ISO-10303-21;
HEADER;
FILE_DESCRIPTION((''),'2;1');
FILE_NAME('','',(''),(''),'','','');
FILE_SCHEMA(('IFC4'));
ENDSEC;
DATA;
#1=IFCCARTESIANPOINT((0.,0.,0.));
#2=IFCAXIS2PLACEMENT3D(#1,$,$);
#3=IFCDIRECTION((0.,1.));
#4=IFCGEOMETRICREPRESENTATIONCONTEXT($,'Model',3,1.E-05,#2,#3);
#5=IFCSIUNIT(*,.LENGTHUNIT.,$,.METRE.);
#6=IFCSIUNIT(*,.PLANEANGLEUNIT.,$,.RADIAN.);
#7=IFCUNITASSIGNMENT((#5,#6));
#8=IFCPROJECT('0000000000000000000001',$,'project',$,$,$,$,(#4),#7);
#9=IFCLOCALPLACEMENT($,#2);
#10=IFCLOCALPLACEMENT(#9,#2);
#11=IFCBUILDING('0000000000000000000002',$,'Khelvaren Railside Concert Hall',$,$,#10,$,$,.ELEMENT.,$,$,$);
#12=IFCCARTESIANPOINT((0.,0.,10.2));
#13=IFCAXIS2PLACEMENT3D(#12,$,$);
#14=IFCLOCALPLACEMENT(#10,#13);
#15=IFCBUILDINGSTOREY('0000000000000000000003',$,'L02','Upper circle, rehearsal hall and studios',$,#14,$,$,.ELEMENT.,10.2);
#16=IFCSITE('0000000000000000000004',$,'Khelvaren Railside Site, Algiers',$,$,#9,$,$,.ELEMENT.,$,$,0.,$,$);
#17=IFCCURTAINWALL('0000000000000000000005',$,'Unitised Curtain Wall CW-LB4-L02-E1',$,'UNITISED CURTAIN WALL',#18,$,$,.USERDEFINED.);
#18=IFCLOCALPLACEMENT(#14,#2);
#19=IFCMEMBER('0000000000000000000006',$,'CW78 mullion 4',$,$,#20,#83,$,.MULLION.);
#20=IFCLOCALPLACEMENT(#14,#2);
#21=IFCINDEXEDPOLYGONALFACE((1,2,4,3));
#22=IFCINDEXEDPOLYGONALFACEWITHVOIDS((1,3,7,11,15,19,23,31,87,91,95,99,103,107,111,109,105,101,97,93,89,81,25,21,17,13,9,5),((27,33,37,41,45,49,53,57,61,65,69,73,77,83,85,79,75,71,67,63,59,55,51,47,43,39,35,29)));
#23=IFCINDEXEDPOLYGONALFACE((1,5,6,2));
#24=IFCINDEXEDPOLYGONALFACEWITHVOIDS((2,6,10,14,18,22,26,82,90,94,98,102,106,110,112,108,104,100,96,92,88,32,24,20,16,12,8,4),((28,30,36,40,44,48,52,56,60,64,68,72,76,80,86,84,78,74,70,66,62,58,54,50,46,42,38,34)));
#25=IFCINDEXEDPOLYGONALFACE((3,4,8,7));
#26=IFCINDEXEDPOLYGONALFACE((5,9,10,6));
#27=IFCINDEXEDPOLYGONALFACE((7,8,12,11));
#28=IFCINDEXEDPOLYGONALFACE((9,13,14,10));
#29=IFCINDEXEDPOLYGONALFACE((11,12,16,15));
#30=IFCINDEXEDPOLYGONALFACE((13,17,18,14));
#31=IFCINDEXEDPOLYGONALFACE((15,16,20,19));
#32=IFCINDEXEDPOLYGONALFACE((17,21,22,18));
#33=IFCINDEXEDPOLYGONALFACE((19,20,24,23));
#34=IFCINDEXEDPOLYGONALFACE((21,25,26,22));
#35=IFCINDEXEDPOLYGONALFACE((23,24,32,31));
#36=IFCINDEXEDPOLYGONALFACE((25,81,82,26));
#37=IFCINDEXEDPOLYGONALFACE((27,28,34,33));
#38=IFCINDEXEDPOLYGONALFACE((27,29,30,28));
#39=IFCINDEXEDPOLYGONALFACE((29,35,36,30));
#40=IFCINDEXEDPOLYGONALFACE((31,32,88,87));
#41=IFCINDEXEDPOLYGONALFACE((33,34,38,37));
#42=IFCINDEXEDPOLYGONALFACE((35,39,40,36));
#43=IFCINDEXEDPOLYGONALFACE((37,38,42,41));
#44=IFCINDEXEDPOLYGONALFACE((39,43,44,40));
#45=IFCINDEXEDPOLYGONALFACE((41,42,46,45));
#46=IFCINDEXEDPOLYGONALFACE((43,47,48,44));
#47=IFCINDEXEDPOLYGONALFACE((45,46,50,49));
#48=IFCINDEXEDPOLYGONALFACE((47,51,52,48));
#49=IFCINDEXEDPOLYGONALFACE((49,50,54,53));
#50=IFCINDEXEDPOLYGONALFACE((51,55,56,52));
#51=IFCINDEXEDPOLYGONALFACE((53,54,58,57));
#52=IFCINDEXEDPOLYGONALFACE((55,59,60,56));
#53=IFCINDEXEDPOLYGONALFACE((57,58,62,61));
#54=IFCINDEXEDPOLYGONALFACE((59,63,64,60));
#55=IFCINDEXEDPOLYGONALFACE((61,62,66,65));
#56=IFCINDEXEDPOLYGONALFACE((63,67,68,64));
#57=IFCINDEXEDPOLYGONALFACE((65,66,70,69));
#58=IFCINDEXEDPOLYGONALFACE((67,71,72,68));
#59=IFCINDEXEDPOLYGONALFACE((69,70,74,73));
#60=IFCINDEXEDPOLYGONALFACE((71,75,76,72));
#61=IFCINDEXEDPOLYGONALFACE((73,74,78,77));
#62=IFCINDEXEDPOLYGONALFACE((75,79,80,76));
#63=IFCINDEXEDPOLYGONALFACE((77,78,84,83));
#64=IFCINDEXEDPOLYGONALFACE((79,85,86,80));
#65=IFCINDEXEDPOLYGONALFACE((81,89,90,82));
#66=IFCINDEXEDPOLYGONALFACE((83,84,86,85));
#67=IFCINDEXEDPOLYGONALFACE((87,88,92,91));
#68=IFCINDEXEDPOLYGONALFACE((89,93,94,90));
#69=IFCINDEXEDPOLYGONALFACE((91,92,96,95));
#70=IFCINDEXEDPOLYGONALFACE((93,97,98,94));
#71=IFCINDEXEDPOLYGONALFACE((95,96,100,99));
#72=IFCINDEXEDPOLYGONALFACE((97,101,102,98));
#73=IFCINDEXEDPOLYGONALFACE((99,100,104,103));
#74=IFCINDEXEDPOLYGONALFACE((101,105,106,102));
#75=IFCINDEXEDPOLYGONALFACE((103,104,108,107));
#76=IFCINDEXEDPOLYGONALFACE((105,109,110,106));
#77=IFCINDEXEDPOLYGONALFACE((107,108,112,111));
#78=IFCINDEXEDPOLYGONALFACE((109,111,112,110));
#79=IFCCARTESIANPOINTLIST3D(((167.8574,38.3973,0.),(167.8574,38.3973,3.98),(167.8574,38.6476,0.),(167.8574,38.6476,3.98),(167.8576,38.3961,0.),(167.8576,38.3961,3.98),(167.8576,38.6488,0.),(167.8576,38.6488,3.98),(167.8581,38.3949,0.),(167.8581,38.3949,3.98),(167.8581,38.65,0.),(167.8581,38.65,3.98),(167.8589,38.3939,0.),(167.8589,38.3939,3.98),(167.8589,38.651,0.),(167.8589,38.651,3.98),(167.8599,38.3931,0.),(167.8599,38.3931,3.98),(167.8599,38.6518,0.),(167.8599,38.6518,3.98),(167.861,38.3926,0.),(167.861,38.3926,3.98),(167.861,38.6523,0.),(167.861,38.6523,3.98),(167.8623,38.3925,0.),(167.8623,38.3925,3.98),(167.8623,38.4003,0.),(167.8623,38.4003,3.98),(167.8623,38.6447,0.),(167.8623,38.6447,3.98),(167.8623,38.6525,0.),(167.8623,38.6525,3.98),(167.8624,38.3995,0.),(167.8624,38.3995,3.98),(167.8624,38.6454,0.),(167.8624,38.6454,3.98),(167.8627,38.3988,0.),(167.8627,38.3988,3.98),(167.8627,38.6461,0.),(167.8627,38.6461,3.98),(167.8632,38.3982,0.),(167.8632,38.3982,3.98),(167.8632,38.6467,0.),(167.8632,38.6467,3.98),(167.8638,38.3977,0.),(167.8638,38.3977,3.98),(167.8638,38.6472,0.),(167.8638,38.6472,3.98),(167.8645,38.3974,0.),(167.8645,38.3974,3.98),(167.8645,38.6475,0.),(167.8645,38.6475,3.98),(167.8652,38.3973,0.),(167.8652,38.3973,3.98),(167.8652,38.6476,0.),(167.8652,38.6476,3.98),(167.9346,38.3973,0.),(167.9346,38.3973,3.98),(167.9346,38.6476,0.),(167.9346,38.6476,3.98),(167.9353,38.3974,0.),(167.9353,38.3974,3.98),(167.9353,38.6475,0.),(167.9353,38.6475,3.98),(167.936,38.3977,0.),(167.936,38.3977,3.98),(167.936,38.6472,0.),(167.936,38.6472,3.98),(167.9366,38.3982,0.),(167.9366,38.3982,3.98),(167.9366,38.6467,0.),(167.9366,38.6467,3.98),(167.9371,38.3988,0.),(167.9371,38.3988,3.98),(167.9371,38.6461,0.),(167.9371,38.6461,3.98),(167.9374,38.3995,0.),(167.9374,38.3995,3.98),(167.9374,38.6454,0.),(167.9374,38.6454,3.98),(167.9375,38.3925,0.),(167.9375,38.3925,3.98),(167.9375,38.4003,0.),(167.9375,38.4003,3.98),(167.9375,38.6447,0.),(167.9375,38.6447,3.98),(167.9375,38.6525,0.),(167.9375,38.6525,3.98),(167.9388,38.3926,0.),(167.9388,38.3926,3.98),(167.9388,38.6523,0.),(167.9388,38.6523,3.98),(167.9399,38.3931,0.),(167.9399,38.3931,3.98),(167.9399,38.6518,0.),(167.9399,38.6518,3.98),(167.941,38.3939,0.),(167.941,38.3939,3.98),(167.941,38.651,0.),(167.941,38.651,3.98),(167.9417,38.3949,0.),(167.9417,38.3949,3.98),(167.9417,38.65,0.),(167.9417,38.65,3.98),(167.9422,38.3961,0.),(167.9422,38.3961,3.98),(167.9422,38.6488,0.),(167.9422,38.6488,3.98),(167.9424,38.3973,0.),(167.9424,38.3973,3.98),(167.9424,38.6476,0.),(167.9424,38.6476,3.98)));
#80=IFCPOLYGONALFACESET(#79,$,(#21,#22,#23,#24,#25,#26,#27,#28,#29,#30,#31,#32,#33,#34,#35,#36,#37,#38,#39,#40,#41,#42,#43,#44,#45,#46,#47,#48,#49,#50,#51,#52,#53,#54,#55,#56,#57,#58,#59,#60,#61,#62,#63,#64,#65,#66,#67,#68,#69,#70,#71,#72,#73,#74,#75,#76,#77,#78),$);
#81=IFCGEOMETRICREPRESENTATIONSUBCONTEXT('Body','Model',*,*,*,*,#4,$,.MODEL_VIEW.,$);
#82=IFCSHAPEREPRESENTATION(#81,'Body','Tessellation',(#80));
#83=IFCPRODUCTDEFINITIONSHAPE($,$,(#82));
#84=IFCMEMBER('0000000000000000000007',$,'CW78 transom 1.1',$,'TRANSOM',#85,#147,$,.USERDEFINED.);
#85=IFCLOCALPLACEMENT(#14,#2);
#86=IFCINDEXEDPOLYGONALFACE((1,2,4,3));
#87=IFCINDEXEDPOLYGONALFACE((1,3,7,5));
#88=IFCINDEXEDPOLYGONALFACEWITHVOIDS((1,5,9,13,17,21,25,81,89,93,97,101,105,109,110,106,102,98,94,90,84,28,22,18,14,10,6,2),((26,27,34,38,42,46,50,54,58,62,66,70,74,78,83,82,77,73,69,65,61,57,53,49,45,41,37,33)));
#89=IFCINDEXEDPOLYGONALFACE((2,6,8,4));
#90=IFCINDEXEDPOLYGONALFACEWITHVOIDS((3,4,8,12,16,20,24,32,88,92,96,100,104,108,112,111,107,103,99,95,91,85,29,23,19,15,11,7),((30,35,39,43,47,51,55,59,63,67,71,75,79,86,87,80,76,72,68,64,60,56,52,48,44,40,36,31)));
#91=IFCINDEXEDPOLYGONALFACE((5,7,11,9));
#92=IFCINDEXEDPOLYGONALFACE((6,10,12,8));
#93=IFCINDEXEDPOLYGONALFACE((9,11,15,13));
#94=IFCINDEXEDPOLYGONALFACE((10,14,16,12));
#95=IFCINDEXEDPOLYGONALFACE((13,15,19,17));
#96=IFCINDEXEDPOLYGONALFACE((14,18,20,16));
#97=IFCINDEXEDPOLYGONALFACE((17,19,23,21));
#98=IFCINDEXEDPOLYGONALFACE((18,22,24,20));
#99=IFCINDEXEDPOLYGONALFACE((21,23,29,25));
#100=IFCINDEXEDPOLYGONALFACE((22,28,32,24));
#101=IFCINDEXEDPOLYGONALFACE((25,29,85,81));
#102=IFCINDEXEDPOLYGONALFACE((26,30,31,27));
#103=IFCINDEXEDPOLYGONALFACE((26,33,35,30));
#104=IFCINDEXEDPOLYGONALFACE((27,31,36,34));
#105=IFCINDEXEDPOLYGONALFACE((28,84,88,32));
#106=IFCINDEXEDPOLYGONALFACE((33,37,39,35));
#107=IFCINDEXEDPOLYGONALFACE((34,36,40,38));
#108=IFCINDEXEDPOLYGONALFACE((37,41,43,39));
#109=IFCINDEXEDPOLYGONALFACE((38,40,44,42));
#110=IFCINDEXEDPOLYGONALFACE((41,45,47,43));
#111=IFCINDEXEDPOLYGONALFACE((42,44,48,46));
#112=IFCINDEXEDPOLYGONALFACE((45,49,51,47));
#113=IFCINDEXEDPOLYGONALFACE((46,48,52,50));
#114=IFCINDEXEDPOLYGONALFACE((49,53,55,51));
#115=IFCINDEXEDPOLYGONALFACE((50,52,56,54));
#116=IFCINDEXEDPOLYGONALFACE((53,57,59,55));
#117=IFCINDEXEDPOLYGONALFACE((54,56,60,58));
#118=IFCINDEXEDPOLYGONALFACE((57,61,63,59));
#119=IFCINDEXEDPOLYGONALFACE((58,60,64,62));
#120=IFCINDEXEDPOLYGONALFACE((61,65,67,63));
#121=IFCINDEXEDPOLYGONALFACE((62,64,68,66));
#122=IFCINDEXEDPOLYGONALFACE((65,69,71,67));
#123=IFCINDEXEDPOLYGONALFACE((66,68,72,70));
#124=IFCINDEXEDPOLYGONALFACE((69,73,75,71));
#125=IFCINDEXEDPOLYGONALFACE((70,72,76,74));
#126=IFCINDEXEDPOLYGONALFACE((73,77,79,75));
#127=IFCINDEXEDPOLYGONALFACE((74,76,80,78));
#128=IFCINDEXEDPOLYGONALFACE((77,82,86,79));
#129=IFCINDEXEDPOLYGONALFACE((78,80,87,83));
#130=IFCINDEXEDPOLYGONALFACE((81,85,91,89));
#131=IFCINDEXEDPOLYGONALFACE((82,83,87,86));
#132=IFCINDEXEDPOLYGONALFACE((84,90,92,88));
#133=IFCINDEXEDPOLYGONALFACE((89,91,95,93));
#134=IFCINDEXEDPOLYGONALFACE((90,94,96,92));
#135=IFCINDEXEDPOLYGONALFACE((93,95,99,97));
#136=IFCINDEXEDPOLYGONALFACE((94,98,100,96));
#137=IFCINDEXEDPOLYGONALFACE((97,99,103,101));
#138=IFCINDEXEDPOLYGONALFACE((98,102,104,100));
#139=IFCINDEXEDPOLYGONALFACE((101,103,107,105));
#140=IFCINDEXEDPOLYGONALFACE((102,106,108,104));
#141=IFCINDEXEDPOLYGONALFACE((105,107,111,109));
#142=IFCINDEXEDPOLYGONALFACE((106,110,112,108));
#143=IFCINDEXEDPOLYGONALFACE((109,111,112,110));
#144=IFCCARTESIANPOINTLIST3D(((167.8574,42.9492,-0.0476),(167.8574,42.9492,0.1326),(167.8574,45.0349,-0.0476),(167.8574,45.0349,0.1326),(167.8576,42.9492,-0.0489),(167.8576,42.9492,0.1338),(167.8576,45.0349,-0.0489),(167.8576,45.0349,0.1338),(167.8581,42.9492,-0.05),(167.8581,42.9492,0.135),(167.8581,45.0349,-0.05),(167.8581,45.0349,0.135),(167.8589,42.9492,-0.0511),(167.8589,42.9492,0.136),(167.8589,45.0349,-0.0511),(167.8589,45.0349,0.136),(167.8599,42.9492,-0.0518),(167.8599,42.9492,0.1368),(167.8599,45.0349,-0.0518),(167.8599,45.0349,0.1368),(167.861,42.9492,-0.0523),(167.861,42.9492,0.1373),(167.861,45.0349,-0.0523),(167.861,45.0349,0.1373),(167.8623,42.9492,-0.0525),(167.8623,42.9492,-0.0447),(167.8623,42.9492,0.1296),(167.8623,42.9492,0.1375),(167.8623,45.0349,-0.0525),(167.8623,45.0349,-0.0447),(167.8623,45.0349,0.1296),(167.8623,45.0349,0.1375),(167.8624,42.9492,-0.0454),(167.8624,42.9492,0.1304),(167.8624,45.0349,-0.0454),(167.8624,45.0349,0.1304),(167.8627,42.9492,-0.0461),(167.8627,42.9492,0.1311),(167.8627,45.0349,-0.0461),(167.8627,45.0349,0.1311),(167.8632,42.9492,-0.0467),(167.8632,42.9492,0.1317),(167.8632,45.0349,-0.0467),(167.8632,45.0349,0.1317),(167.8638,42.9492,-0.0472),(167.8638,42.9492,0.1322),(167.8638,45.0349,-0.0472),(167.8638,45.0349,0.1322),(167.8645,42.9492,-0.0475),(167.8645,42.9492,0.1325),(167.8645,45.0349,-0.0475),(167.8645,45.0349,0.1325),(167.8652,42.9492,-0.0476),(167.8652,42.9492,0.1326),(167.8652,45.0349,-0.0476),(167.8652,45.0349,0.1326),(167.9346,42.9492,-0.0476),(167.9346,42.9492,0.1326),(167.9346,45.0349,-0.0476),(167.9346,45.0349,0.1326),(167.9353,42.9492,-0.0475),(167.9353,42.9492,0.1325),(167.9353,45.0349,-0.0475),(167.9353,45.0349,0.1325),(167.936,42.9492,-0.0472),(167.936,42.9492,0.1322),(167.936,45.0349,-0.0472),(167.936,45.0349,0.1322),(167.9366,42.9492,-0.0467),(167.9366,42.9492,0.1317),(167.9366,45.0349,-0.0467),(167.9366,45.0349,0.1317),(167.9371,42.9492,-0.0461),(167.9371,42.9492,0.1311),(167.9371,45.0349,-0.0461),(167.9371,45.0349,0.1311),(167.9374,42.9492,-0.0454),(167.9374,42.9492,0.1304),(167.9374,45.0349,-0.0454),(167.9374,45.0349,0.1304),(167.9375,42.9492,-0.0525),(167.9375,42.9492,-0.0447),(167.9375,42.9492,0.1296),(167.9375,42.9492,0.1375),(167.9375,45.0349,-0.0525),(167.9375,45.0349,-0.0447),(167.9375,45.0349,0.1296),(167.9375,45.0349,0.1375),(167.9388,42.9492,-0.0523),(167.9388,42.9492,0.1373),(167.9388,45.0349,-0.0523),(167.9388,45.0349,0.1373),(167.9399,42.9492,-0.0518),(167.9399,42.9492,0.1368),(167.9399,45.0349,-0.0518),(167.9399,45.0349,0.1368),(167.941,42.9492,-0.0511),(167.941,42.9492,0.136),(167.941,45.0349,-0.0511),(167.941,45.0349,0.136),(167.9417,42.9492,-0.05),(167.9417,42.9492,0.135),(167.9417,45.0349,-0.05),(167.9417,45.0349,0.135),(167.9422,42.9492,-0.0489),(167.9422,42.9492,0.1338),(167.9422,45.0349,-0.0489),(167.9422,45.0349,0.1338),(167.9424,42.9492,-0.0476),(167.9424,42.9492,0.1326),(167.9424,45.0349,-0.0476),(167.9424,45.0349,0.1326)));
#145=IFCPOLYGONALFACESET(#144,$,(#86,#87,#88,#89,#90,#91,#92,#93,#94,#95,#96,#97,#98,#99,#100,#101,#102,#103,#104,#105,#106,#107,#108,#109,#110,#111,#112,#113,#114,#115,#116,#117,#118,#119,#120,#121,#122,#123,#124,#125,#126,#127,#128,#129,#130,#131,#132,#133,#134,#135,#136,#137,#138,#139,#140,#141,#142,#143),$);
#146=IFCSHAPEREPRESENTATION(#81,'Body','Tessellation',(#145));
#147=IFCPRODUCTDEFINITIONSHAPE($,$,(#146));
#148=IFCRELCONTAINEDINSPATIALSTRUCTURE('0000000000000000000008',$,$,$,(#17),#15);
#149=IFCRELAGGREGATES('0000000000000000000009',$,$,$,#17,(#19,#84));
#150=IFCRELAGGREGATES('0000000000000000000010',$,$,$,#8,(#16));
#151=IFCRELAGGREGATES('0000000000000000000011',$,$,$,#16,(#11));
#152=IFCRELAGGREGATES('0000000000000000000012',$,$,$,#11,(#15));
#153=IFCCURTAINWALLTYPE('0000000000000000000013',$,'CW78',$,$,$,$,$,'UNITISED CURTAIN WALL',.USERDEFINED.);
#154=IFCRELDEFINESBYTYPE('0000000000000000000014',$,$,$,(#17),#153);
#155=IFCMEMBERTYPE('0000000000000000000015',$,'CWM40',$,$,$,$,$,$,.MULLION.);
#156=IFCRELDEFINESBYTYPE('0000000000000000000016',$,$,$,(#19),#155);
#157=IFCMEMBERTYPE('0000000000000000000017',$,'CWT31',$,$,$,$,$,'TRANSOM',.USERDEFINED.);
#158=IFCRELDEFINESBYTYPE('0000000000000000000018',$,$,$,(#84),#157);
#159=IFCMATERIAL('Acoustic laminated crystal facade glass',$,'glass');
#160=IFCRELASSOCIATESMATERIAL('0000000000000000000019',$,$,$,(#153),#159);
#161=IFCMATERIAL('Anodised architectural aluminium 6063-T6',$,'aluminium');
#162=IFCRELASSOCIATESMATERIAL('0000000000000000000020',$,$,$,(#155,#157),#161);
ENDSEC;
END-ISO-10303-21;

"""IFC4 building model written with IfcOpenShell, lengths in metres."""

from ifc_helpers import new_model, si_unit, direction, frame, origin, origin_2d, place, context, subcontext, project, spatial, hollow_rectangle, extrude, material, material_profile, profile_set, type_object, element, aggregate, save


model = new_model("IFC4")

# Units and contexts
model_context = context("Model", 3, precision=1e-05, world=origin(), true_north=direction((0.0, 1.0)))
body_context = subcontext(model_context, "Body", "Model", "MODEL_VIEW")
ifc_project = project(units=[si_unit("LENGTHUNIT", "METRE"), si_unit("PLANEANGLEUNIT", "RADIAN")], contexts=[model_context])

# Site, building, storey
site_placement = place(None, origin())
site = spatial("IfcSite", under=ifc_project, at=site_placement, Name="Khelvaren Railside Site, Algiers", CompositionType="ELEMENT", RefElevation=0.0)
building_placement = place(site_placement, origin())
building = spatial("IfcBuilding", under=site, at=building_placement, Name="Khelvaren Railside Concert Hall", CompositionType="ELEMENT")
storey_placement = place(building_placement, frame((0.0, 0.0, 10.2)))
storey = spatial("IfcBuildingStorey", under=building, at=storey_placement, Name="L02", Description="Upper circle, rehearsal hall and studios", CompositionType="ELEMENT", Elevation=10.2)

# Curtain wall, members
ifc_material_1 = material(Name="Acoustic laminated crystal facade glass", Category="glass")
curtain_wall_type = type_object("IfcCurtainWallType", Name="CW78", ElementType="UNITISED CURTAIN WALL", PredefinedType="USERDEFINED", material=ifc_material_1)
curtain_wall_placement = place(storey_placement, origin())
curtain_wall = element("IfcCurtainWall", 1, at=curtain_wall_placement, inside=storey, type_object=curtain_wall_type, Name="Unitised Curtain Wall CW-LB4-L02-E1", ObjectType="UNITISED CURTAIN WALL", PredefinedType="USERDEFINED")
ifc_material_2 = material(Name="Anodised architectural aluminium 6063-T6", Category="aluminium")
ifc_material_profile_1 = material_profile(ifc_material_2, hollow_rectangle(XDim=0.085, YDim=0.26, WallThickness=0.0049, InnerFilletRadius=0.0029, OuterFilletRadius=0.0049, at=origin_2d()), Name="CWM 85x260x5")
ifc_profile_set_1 = profile_set([ifc_material_profile_1], Name="Anodised architectural aluminium 6063-T6")
member_type_1 = type_object("IfcMemberType", Name="CWM40", PredefinedType="MULLION", material=ifc_profile_set_1)
member_1_placement = place(storey_placement, frame((167.8999, 38.5225, 0.0), z_axis=(0.0, 0.0, 1.0), x_axis=(1.0, 0.0, 0.0)))
member_1 = element("IfcMember", 2, at=member_1_placement, type_object=member_type_1, Name="CW78 mullion 4", PredefinedType="MULLION", context=body_context, shape_type="SweptSolid", body=[
    extrude(hollow_rectangle(XDim=0.085, YDim=0.26, WallThickness=0.0049, InnerFilletRadius=0.0029, OuterFilletRadius=0.0049, at=origin_2d()), origin(), (0.0, 0.0, 1.0), 3.98),
])
ifc_material_profile_2 = material_profile(ifc_material_2, hollow_rectangle(XDim=0.085, YDim=0.1899, WallThickness=0.0049, InnerFilletRadius=0.0029, OuterFilletRadius=0.0049, at=origin_2d()), Name="CWT 85x190x5")
ifc_profile_set_2 = profile_set([ifc_material_profile_2], Name="Anodised architectural aluminium 6063-T6")
member_type_2 = type_object("IfcMemberType", Name="CWT31", ElementType="TRANSOM", PredefinedType="USERDEFINED", material=ifc_profile_set_2)
member_2_placement = place(storey_placement, frame((167.8999, 45.0349, 0.0425), z_axis=(0.0, -1.0, 0.0), x_axis=(1.0, 0.0, 0.0)))
member_2 = element("IfcMember", 3, at=member_2_placement, type_object=member_type_2, Name="CW78 transom 1.1", ObjectType="TRANSOM", PredefinedType="USERDEFINED", context=body_context, shape_type="SweptSolid", body=[
    extrude(hollow_rectangle(XDim=0.085, YDim=0.1899, WallThickness=0.0049, InnerFilletRadius=0.0029, OuterFilletRadius=0.0049, at=origin_2d()), origin(), (0.0, 0.0, 1.0), 2.0857),
])

aggregate(curtain_wall, [member_1, member_2])

save(model, "model.ifc")
